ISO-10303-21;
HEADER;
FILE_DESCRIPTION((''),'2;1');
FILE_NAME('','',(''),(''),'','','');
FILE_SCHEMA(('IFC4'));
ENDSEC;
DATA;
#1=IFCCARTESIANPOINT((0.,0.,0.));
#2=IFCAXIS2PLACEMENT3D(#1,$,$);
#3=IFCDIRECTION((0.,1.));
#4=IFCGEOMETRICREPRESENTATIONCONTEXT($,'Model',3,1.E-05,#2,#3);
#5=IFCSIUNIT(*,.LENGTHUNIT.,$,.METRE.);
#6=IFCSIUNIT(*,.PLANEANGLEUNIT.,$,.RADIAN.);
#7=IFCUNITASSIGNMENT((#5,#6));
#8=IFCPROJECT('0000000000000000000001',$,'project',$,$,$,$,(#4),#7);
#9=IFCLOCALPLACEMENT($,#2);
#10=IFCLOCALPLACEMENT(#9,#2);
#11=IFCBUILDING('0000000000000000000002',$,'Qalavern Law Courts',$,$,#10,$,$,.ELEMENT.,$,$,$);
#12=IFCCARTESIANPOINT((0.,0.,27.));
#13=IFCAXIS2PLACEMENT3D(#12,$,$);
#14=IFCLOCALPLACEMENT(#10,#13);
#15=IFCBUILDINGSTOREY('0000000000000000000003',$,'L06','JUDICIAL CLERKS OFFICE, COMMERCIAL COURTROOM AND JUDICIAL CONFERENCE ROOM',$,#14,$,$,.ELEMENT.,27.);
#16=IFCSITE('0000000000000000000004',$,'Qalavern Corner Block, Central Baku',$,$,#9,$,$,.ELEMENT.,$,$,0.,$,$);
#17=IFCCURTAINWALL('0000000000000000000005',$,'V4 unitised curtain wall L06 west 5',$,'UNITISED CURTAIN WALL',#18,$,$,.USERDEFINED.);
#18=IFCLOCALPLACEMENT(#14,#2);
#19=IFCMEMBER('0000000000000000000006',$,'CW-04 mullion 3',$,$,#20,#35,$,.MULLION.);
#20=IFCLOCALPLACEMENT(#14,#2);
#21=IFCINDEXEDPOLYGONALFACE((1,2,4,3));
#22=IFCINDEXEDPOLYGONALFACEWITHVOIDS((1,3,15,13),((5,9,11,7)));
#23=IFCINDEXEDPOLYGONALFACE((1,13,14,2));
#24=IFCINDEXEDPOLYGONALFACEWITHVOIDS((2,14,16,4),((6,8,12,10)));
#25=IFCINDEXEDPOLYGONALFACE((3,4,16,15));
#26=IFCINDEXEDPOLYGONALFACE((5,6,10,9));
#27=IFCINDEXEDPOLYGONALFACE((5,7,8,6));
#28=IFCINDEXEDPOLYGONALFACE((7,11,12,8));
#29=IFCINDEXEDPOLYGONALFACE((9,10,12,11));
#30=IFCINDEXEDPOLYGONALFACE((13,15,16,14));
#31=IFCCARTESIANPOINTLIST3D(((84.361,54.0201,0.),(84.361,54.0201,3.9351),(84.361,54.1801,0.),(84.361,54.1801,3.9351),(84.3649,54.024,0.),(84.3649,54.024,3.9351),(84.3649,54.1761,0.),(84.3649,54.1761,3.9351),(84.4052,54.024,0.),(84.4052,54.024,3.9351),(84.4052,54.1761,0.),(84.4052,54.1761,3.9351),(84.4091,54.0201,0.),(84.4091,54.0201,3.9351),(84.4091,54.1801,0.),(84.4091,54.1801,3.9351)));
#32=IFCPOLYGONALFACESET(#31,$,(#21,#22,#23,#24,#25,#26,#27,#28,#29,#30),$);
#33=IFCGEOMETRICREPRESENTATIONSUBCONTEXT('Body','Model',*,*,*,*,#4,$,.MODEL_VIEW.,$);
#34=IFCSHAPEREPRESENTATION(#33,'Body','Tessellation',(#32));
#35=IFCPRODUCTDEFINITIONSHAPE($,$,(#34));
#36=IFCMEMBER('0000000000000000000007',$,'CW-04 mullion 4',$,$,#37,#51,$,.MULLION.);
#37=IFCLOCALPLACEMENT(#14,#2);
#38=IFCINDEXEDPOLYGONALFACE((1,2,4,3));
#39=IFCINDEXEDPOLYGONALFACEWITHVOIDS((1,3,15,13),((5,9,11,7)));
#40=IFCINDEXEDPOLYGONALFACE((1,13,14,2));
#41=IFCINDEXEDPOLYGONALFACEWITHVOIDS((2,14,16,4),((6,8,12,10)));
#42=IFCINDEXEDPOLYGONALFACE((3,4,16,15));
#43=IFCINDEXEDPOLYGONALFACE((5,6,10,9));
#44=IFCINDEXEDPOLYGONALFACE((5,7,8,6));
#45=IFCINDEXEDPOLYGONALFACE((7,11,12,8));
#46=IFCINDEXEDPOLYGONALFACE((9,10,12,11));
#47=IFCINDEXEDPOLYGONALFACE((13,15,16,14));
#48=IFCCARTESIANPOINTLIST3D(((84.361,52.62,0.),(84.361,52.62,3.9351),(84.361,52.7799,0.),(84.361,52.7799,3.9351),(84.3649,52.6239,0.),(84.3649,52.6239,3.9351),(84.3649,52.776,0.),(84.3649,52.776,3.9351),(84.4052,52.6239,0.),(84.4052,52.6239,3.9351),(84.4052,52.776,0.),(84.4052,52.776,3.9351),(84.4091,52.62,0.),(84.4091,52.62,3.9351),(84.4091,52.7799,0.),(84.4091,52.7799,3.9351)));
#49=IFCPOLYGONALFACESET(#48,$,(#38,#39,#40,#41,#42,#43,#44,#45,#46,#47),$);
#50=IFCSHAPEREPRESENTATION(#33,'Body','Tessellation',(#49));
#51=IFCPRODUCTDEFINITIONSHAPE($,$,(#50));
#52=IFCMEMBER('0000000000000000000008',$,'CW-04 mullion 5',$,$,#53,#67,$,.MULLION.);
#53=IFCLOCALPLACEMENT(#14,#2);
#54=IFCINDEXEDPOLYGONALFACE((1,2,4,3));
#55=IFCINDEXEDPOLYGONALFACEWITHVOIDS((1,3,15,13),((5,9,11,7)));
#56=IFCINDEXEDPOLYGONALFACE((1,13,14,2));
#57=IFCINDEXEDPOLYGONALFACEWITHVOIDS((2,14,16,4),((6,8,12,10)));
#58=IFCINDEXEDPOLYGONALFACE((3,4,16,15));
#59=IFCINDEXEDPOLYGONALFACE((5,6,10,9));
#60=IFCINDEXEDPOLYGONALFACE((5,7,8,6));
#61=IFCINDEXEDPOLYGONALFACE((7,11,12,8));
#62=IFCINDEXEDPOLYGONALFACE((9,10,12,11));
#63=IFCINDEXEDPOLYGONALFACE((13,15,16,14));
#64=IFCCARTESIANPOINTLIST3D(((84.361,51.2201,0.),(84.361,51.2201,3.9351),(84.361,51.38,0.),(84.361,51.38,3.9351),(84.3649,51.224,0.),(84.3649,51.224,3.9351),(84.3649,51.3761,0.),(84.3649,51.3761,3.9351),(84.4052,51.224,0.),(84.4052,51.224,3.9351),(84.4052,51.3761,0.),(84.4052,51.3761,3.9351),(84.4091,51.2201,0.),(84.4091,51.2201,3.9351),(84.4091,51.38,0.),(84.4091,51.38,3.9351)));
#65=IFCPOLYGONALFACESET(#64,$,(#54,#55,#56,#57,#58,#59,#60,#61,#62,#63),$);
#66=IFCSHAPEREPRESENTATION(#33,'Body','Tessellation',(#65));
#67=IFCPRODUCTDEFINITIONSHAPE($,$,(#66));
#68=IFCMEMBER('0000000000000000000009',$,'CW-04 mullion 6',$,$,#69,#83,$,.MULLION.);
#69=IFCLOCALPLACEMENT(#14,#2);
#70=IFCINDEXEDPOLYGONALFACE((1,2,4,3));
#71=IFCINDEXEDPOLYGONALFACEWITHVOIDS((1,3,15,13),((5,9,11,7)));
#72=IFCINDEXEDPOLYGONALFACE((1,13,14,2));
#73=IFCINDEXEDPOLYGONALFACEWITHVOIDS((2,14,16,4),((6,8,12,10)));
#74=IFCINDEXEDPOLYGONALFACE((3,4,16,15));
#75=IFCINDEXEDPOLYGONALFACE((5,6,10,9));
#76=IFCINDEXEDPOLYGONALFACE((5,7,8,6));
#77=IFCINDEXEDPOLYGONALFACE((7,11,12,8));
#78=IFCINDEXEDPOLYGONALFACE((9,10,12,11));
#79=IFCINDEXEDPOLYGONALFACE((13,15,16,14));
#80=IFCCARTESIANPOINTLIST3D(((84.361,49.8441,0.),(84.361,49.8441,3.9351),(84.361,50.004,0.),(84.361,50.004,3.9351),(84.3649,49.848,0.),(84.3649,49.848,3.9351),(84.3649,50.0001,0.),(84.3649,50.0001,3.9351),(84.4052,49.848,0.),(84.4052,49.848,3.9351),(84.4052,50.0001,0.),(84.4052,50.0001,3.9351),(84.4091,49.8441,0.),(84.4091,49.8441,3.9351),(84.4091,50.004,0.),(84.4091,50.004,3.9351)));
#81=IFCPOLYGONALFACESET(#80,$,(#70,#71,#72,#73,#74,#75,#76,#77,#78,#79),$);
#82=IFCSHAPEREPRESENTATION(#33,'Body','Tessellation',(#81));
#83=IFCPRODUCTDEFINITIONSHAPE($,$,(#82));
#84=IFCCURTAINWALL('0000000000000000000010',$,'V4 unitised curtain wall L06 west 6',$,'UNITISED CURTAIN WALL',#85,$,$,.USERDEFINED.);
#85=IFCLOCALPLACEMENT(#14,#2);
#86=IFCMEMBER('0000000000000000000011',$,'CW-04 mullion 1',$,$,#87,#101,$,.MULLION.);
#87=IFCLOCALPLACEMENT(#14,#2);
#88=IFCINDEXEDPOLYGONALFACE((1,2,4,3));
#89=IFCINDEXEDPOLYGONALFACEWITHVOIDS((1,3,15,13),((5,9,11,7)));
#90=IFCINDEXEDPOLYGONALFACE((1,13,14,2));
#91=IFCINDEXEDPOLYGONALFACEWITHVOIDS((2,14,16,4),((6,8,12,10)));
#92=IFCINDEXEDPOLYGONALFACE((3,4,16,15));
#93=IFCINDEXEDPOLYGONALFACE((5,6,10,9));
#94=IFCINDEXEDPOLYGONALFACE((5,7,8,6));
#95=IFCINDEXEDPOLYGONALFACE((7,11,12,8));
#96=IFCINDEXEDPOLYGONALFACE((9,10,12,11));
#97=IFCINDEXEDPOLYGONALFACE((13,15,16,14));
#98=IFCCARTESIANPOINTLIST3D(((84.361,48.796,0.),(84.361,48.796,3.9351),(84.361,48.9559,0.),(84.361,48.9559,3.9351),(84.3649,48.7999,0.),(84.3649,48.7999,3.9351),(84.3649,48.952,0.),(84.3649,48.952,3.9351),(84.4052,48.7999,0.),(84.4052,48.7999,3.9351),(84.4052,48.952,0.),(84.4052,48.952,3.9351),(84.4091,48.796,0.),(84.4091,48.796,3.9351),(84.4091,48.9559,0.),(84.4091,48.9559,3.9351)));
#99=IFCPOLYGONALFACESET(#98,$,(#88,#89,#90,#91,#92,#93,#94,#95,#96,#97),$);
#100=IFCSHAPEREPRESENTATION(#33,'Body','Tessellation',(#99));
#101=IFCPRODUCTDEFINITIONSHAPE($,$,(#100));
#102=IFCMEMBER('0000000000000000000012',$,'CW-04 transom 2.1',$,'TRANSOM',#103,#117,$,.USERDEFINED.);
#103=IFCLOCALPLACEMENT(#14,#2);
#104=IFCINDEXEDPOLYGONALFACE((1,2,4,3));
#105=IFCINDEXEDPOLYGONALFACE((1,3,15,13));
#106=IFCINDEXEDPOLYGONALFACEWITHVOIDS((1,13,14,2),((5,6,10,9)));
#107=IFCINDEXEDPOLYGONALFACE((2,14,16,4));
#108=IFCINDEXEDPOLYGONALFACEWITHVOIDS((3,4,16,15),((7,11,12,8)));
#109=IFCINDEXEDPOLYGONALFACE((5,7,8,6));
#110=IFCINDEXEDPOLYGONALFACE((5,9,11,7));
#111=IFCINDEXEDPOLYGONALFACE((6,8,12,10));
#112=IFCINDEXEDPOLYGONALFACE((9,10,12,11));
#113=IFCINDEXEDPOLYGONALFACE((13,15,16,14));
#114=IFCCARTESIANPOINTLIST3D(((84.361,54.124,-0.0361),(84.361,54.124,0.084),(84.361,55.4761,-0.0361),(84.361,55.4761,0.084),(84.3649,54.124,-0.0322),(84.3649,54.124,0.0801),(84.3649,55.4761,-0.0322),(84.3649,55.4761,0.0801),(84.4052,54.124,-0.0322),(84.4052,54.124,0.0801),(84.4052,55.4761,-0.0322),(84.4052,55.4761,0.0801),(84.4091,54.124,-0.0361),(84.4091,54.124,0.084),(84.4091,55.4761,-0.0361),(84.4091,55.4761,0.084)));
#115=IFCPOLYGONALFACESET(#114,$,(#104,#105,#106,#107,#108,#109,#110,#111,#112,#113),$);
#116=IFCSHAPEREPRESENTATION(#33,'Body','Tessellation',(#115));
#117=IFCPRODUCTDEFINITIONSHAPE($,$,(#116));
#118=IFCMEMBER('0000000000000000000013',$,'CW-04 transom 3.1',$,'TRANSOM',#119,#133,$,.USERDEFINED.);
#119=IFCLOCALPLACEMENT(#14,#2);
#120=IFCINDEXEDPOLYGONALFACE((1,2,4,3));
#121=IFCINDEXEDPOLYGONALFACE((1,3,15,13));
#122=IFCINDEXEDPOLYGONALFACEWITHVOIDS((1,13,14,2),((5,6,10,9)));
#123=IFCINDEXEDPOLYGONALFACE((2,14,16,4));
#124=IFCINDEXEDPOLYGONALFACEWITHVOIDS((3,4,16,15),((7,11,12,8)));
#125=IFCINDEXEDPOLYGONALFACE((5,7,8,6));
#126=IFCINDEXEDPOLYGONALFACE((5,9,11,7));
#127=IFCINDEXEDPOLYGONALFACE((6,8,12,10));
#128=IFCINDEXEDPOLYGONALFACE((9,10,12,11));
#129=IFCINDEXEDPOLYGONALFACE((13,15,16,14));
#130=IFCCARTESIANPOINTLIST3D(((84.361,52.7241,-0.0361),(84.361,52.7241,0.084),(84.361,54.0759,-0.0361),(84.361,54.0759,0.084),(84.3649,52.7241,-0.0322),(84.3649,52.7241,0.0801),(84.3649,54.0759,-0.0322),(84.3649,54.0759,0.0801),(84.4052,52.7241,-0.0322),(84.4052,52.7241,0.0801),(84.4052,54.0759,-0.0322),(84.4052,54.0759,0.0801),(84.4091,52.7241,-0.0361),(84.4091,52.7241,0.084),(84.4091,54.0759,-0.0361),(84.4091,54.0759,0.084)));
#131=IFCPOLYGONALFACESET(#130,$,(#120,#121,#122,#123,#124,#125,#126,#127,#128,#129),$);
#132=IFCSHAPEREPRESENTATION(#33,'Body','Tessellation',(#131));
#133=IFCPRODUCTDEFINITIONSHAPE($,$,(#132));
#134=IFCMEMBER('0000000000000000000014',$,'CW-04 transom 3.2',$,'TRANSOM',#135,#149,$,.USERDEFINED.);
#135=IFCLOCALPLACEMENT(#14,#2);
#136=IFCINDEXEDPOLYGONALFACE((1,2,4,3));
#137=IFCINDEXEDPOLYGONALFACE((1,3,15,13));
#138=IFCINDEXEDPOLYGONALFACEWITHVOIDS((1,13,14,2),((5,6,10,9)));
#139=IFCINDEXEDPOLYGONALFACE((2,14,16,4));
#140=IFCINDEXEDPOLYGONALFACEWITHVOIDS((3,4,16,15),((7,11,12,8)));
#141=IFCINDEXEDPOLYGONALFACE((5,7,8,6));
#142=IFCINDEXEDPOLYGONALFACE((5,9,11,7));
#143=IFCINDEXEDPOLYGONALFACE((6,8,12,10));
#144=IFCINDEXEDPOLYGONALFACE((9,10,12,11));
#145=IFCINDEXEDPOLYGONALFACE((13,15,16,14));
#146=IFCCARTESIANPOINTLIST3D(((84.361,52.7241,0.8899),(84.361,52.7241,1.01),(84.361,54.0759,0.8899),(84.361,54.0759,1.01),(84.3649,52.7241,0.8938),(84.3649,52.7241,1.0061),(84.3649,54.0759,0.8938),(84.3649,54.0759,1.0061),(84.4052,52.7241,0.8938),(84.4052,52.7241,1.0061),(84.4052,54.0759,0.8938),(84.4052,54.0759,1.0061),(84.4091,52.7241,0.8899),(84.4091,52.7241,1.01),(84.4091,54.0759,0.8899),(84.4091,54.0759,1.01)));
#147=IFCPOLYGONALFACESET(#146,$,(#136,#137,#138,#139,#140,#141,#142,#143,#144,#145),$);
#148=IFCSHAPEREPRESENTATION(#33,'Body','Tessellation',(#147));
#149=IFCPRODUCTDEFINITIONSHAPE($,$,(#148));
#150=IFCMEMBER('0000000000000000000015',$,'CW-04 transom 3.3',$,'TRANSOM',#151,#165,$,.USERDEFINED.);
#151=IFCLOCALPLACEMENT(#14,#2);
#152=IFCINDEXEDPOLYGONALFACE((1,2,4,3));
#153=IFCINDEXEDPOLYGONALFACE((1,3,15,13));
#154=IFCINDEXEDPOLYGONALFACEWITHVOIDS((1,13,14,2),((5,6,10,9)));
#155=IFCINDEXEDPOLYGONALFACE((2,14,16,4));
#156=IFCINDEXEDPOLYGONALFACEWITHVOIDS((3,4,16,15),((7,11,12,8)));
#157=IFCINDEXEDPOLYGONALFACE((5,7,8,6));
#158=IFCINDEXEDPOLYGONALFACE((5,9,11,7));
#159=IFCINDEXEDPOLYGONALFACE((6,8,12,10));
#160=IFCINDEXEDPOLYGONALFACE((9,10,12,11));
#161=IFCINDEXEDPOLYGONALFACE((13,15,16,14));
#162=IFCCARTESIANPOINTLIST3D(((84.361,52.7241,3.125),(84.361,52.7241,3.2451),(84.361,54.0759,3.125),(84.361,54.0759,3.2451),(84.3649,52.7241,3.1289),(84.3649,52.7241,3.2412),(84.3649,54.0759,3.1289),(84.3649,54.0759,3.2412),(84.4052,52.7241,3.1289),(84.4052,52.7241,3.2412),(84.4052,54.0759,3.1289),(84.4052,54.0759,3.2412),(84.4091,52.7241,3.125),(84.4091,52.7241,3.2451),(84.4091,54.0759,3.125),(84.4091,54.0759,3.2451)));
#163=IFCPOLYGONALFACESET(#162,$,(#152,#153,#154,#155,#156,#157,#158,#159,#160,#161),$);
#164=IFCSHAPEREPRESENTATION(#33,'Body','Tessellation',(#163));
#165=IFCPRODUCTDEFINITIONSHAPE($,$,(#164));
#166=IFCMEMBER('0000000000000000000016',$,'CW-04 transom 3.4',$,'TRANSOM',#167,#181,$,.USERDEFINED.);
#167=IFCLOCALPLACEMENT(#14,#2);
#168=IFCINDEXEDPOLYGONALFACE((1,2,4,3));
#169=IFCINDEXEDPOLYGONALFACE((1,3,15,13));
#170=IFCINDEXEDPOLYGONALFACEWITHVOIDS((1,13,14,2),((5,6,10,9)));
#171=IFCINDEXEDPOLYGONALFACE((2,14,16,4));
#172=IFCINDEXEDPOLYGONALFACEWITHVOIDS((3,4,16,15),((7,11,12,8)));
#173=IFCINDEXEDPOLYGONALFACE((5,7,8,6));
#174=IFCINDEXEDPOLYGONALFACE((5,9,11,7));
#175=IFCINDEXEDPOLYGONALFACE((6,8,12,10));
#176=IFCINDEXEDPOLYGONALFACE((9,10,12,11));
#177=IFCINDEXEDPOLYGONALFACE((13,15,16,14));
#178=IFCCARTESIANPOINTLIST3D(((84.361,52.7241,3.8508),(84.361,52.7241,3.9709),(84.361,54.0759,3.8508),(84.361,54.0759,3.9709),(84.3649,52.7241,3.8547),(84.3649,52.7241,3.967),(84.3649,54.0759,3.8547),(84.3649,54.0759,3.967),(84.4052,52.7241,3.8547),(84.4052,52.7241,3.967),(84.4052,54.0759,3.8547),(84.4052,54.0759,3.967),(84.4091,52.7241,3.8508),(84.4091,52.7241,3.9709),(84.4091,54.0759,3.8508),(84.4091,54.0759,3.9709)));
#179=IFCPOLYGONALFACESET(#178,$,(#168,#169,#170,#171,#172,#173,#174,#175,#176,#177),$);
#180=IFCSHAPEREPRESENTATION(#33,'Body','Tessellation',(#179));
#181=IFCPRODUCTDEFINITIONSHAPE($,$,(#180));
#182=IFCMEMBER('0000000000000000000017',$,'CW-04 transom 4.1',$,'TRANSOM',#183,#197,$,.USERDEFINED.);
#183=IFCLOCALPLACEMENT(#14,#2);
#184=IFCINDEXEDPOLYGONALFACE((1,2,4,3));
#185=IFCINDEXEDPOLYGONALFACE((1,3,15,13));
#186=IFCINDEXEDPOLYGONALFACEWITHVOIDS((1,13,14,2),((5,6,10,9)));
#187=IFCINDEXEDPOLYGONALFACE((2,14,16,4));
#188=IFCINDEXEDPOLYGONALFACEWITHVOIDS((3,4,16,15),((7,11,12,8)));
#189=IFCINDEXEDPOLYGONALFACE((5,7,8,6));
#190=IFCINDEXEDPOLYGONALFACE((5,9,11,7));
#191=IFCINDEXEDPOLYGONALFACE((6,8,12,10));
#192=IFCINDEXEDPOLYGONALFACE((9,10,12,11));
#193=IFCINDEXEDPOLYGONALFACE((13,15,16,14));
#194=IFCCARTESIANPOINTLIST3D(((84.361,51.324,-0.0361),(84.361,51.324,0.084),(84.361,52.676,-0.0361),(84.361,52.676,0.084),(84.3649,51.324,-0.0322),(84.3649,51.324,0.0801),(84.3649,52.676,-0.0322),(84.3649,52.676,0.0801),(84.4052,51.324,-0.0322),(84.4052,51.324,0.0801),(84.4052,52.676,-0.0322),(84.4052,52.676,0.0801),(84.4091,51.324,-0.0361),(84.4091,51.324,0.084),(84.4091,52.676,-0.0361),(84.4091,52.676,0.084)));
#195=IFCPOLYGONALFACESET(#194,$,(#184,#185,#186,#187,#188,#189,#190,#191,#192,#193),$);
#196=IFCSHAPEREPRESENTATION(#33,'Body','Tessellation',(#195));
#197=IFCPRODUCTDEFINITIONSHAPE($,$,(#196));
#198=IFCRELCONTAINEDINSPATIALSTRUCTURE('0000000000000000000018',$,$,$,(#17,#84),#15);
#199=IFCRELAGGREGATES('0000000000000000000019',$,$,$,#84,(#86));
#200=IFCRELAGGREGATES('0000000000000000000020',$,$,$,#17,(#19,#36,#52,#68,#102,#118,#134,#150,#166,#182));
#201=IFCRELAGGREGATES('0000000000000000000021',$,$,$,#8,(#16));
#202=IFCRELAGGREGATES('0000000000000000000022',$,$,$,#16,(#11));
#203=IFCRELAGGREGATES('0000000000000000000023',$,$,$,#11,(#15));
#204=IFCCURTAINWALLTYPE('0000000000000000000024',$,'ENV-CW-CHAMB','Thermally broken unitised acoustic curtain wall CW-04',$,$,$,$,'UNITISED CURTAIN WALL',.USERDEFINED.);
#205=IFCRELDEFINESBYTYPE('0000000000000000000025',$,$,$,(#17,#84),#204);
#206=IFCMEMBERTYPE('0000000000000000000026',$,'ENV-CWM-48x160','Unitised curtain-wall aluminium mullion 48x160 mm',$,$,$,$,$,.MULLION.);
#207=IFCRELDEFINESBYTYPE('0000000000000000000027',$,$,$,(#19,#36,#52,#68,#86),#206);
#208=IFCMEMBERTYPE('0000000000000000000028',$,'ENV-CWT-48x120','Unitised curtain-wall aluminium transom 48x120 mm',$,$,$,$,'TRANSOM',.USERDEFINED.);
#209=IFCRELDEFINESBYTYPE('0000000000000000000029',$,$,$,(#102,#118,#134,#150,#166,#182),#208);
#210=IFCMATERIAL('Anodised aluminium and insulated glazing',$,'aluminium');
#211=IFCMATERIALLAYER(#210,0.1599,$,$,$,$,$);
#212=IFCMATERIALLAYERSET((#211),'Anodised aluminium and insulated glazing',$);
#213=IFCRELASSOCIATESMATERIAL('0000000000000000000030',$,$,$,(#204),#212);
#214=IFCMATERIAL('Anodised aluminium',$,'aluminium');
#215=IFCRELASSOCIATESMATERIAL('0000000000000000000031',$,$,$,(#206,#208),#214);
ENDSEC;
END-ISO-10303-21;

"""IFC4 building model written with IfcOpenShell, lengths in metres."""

from ifc_helpers import new_model, si_unit, direction, frame, origin, origin_2d, place, context, subcontext, project, spatial, hollow_rectangle, extrude, material, layer, layer_set, material_profile, profile_set, type_object, element, aggregate, save


model = new_model("IFC4")

# Units and contexts
model_context = context("Model", 3, precision=1e-05, world=origin(), true_north=direction((0.0, 1.0)))
body_context = subcontext(model_context, "Body", "Model", "MODEL_VIEW")
ifc_project = project(units=[si_unit("LENGTHUNIT", "METRE"), si_unit("PLANEANGLEUNIT", "RADIAN")], contexts=[model_context])

# Site, building, storey
site_placement = place(None, origin())
site = spatial("IfcSite", under=ifc_project, at=site_placement, Name="Qalavern Corner Block, Central Baku", CompositionType="ELEMENT", RefElevation=0.0)
building_placement = place(site_placement, origin())
building = spatial("IfcBuilding", under=site, at=building_placement, Name="Qalavern Law Courts", CompositionType="ELEMENT")
storey_placement = place(building_placement, frame((0.0, 0.0, 27.0)))
storey = spatial("IfcBuildingStorey", under=building, at=storey_placement, Name="L06", Description="JUDICIAL CLERKS OFFICE, COMMERCIAL COURTROOM AND JUDICIAL CONFERENCE ROOM", CompositionType="ELEMENT", Elevation=27.0)

# Curtain wall, members
ifc_material_1 = material(Name="Anodised aluminium and insulated glazing", Category="aluminium")
ifc_layer_1 = layer(ifc_material_1, 0.1599)
ifc_layer_set_1 = layer_set([ifc_layer_1], Name="Anodised aluminium and insulated glazing")
curtain_wall_type = type_object("IfcCurtainWallType", Name="ENV-CW-CHAMB", Description="Thermally broken unitised acoustic curtain wall CW-04", ElementType="UNITISED CURTAIN WALL", PredefinedType="USERDEFINED", material=ifc_layer_set_1)
curtain_wall_1_placement = place(storey_placement, origin())
curtain_wall_1 = element("IfcCurtainWall", 1, at=curtain_wall_1_placement, inside=storey, type_object=curtain_wall_type, Name="V4 unitised curtain wall L06 west 5", ObjectType="UNITISED CURTAIN WALL", PredefinedType="USERDEFINED")
ifc_material_2 = material(Name="Anodised aluminium", Category="aluminium")
ifc_material_profile_1 = material_profile(ifc_material_2, hollow_rectangle(XDim=0.0481, YDim=0.1599, WallThickness=0.0039, at=origin_2d()), Name="ALU MULLION 48x160")
ifc_profile_set_1 = profile_set([ifc_material_profile_1], Name="Anodised aluminium")
member_type_1 = type_object("IfcMemberType", Name="ENV-CWM-48x160", Description="Unitised curtain-wall aluminium mullion 48x160 mm", PredefinedType="MULLION", material=ifc_profile_set_1)
member_1_placement = place(storey_placement, frame((84.385, 54.1001, 0.0), z_axis=(0.0, 0.0, 1.0), x_axis=(1.0, 0.0, 0.0)))
member_1 = element("IfcMember", 2, at=member_1_placement, type_object=member_type_1, Name="CW-04 mullion 3", PredefinedType="MULLION", context=body_context, shape_type="SweptSolid", body=[
    extrude(hollow_rectangle(XDim=0.0481, YDim=0.1599, WallThickness=0.0039, at=origin_2d()), origin(), (0.0, 0.0, 1.0), 3.9351),
])
member_2_placement = place(storey_placement, frame((84.385, 52.7, 0.0), z_axis=(0.0, 0.0, 1.0), x_axis=(1.0, 0.0, 0.0)))
member_2 = element("IfcMember", 3, at=member_2_placement, type_object=member_type_1, Name="CW-04 mullion 4", PredefinedType="MULLION", context=body_context, shape_type="SweptSolid", body=[
    extrude(hollow_rectangle(XDim=0.0481, YDim=0.1599, WallThickness=0.0039, at=origin_2d()), origin(), (0.0, 0.0, 1.0), 3.9351),
])
member_3_placement = place(storey_placement, frame((84.385, 51.3, 0.0), z_axis=(0.0, 0.0, 1.0), x_axis=(1.0, 0.0, 0.0)))
member_3 = element("IfcMember", 4, at=member_3_placement, type_object=member_type_1, Name="CW-04 mullion 5", PredefinedType="MULLION", context=body_context, shape_type="SweptSolid", body=[
    extrude(hollow_rectangle(XDim=0.0481, YDim=0.1599, WallThickness=0.0039, at=origin_2d()), origin(), (0.0, 0.0, 1.0), 3.9351),
])
member_4_placement = place(storey_placement, frame((84.385, 49.9241, 0.0), z_axis=(0.0, 0.0, 1.0), x_axis=(1.0, 0.0, 0.0)))
member_4 = element("IfcMember", 5, at=member_4_placement, type_object=member_type_1, Name="CW-04 mullion 6", PredefinedType="MULLION", context=body_context, shape_type="SweptSolid", body=[
    extrude(hollow_rectangle(XDim=0.0481, YDim=0.1599, WallThickness=0.0039, at=origin_2d()), origin(), (0.0, 0.0, 1.0), 3.9351),
])

# Curtain wall, member
curtain_wall_2_placement = place(storey_placement, origin())
curtain_wall_2 = element("IfcCurtainWall", 6, at=curtain_wall_2_placement, inside=storey, type_object=curtain_wall_type, Name="V4 unitised curtain wall L06 west 6", ObjectType="UNITISED CURTAIN WALL", PredefinedType="USERDEFINED")
member_5_placement = place(storey_placement, frame((84.385, 48.876, 0.0), z_axis=(0.0, 0.0, 1.0), x_axis=(1.0, 0.0, 0.0)))
member_5 = element("IfcMember", 7, at=member_5_placement, type_object=member_type_1, Name="CW-04 mullion 1", PredefinedType="MULLION", context=body_context, shape_type="SweptSolid", body=[
    extrude(hollow_rectangle(XDim=0.0481, YDim=0.1599, WallThickness=0.0039, at=origin_2d()), origin(), (0.0, 0.0, 1.0), 3.9351),
])

# Members
ifc_material_profile_2 = material_profile(ifc_material_2, hollow_rectangle(XDim=0.0481, YDim=0.1201, WallThickness=0.0039, at=origin_2d()), Name="ALU TRANSOM 48x120")
ifc_profile_set_2 = profile_set([ifc_material_profile_2], Name="Anodised aluminium")
member_type_2 = type_object("IfcMemberType", Name="ENV-CWT-48x120", Description="Unitised curtain-wall aluminium transom 48x120 mm", ElementType="TRANSOM", PredefinedType="USERDEFINED", material=ifc_profile_set_2)
member_6_placement = place(storey_placement, frame((84.385, 55.4761, 0.0239), z_axis=(0.0, -1.0, 0.0), x_axis=(1.0, 0.0, 0.0)))
member_6 = element("IfcMember", 8, at=member_6_placement, type_object=member_type_2, Name="CW-04 transom 2.1", ObjectType="TRANSOM", PredefinedType="USERDEFINED", context=body_context, shape_type="SweptSolid", body=[
    extrude(hollow_rectangle(XDim=0.0481, YDim=0.1201, WallThickness=0.0039, at=origin_2d()), origin(), (0.0, 0.0, 1.0), 1.3521),
])
member_7_placement = place(storey_placement, frame((84.385, 54.0759, 0.0239), z_axis=(0.0, -1.0, 0.0), x_axis=(1.0, 0.0, 0.0)))
member_7 = element("IfcMember", 9, at=member_7_placement, type_object=member_type_2, Name="CW-04 transom 3.1", ObjectType="TRANSOM", PredefinedType="USERDEFINED", context=body_context, shape_type="SweptSolid", body=[
    extrude(hollow_rectangle(XDim=0.0481, YDim=0.1201, WallThickness=0.0039, at=origin_2d()), origin(), (0.0, 0.0, 1.0), 1.3518),
])
member_8_placement = place(storey_placement, frame((84.385, 54.0759, 0.95), z_axis=(0.0, -1.0, 0.0), x_axis=(1.0, 0.0, 0.0)))
member_8 = element("IfcMember", 10, at=member_8_placement, type_object=member_type_2, Name="CW-04 transom 3.2", ObjectType="TRANSOM", PredefinedType="USERDEFINED", context=body_context, shape_type="SweptSolid", body=[
    extrude(hollow_rectangle(XDim=0.0481, YDim=0.1201, WallThickness=0.0039, at=origin_2d()), origin(), (0.0, 0.0, 1.0), 1.3518),
])
member_9_placement = place(storey_placement, frame((84.385, 54.0759, 3.1851), z_axis=(0.0, -1.0, 0.0), x_axis=(1.0, 0.0, 0.0)))
member_9 = element("IfcMember", 11, at=member_9_placement, type_object=member_type_2, Name="CW-04 transom 3.3", ObjectType="TRANSOM", PredefinedType="USERDEFINED", context=body_context, shape_type="SweptSolid", body=[
    extrude(hollow_rectangle(XDim=0.0481, YDim=0.1201, WallThickness=0.0039, at=origin_2d()), origin(), (0.0, 0.0, 1.0), 1.3518),
])
member_10_placement = place(storey_placement, frame((84.385, 54.0759, 3.9109), z_axis=(0.0, -1.0, 0.0), x_axis=(1.0, 0.0, 0.0)))
member_10 = element("IfcMember", 12, at=member_10_placement, type_object=member_type_2, Name="CW-04 transom 3.4", ObjectType="TRANSOM", PredefinedType="USERDEFINED", context=body_context, shape_type="SweptSolid", body=[
    extrude(hollow_rectangle(XDim=0.0481, YDim=0.1201, WallThickness=0.0039, at=origin_2d()), origin(), (0.0, 0.0, 1.0), 1.3518),
])
member_11_placement = place(storey_placement, frame((84.385, 52.676, 0.0239), z_axis=(0.0, -1.0, 0.0), x_axis=(1.0, 0.0, 0.0)))
member_11 = element("IfcMember", 13, at=member_11_placement, type_object=member_type_2, Name="CW-04 transom 4.1", ObjectType="TRANSOM", PredefinedType="USERDEFINED", context=body_context, shape_type="SweptSolid", body=[
    extrude(hollow_rectangle(XDim=0.0481, YDim=0.1201, WallThickness=0.0039, at=origin_2d()), origin(), (0.0, 0.0, 1.0), 1.3521),
])
aggregate(curtain_wall_2, [member_5])

aggregate(curtain_wall_1, [member_1, member_2, member_3, member_4, member_6, member_7, member_8, member_9, member_10, member_11])

save(model, "model.ifc")
